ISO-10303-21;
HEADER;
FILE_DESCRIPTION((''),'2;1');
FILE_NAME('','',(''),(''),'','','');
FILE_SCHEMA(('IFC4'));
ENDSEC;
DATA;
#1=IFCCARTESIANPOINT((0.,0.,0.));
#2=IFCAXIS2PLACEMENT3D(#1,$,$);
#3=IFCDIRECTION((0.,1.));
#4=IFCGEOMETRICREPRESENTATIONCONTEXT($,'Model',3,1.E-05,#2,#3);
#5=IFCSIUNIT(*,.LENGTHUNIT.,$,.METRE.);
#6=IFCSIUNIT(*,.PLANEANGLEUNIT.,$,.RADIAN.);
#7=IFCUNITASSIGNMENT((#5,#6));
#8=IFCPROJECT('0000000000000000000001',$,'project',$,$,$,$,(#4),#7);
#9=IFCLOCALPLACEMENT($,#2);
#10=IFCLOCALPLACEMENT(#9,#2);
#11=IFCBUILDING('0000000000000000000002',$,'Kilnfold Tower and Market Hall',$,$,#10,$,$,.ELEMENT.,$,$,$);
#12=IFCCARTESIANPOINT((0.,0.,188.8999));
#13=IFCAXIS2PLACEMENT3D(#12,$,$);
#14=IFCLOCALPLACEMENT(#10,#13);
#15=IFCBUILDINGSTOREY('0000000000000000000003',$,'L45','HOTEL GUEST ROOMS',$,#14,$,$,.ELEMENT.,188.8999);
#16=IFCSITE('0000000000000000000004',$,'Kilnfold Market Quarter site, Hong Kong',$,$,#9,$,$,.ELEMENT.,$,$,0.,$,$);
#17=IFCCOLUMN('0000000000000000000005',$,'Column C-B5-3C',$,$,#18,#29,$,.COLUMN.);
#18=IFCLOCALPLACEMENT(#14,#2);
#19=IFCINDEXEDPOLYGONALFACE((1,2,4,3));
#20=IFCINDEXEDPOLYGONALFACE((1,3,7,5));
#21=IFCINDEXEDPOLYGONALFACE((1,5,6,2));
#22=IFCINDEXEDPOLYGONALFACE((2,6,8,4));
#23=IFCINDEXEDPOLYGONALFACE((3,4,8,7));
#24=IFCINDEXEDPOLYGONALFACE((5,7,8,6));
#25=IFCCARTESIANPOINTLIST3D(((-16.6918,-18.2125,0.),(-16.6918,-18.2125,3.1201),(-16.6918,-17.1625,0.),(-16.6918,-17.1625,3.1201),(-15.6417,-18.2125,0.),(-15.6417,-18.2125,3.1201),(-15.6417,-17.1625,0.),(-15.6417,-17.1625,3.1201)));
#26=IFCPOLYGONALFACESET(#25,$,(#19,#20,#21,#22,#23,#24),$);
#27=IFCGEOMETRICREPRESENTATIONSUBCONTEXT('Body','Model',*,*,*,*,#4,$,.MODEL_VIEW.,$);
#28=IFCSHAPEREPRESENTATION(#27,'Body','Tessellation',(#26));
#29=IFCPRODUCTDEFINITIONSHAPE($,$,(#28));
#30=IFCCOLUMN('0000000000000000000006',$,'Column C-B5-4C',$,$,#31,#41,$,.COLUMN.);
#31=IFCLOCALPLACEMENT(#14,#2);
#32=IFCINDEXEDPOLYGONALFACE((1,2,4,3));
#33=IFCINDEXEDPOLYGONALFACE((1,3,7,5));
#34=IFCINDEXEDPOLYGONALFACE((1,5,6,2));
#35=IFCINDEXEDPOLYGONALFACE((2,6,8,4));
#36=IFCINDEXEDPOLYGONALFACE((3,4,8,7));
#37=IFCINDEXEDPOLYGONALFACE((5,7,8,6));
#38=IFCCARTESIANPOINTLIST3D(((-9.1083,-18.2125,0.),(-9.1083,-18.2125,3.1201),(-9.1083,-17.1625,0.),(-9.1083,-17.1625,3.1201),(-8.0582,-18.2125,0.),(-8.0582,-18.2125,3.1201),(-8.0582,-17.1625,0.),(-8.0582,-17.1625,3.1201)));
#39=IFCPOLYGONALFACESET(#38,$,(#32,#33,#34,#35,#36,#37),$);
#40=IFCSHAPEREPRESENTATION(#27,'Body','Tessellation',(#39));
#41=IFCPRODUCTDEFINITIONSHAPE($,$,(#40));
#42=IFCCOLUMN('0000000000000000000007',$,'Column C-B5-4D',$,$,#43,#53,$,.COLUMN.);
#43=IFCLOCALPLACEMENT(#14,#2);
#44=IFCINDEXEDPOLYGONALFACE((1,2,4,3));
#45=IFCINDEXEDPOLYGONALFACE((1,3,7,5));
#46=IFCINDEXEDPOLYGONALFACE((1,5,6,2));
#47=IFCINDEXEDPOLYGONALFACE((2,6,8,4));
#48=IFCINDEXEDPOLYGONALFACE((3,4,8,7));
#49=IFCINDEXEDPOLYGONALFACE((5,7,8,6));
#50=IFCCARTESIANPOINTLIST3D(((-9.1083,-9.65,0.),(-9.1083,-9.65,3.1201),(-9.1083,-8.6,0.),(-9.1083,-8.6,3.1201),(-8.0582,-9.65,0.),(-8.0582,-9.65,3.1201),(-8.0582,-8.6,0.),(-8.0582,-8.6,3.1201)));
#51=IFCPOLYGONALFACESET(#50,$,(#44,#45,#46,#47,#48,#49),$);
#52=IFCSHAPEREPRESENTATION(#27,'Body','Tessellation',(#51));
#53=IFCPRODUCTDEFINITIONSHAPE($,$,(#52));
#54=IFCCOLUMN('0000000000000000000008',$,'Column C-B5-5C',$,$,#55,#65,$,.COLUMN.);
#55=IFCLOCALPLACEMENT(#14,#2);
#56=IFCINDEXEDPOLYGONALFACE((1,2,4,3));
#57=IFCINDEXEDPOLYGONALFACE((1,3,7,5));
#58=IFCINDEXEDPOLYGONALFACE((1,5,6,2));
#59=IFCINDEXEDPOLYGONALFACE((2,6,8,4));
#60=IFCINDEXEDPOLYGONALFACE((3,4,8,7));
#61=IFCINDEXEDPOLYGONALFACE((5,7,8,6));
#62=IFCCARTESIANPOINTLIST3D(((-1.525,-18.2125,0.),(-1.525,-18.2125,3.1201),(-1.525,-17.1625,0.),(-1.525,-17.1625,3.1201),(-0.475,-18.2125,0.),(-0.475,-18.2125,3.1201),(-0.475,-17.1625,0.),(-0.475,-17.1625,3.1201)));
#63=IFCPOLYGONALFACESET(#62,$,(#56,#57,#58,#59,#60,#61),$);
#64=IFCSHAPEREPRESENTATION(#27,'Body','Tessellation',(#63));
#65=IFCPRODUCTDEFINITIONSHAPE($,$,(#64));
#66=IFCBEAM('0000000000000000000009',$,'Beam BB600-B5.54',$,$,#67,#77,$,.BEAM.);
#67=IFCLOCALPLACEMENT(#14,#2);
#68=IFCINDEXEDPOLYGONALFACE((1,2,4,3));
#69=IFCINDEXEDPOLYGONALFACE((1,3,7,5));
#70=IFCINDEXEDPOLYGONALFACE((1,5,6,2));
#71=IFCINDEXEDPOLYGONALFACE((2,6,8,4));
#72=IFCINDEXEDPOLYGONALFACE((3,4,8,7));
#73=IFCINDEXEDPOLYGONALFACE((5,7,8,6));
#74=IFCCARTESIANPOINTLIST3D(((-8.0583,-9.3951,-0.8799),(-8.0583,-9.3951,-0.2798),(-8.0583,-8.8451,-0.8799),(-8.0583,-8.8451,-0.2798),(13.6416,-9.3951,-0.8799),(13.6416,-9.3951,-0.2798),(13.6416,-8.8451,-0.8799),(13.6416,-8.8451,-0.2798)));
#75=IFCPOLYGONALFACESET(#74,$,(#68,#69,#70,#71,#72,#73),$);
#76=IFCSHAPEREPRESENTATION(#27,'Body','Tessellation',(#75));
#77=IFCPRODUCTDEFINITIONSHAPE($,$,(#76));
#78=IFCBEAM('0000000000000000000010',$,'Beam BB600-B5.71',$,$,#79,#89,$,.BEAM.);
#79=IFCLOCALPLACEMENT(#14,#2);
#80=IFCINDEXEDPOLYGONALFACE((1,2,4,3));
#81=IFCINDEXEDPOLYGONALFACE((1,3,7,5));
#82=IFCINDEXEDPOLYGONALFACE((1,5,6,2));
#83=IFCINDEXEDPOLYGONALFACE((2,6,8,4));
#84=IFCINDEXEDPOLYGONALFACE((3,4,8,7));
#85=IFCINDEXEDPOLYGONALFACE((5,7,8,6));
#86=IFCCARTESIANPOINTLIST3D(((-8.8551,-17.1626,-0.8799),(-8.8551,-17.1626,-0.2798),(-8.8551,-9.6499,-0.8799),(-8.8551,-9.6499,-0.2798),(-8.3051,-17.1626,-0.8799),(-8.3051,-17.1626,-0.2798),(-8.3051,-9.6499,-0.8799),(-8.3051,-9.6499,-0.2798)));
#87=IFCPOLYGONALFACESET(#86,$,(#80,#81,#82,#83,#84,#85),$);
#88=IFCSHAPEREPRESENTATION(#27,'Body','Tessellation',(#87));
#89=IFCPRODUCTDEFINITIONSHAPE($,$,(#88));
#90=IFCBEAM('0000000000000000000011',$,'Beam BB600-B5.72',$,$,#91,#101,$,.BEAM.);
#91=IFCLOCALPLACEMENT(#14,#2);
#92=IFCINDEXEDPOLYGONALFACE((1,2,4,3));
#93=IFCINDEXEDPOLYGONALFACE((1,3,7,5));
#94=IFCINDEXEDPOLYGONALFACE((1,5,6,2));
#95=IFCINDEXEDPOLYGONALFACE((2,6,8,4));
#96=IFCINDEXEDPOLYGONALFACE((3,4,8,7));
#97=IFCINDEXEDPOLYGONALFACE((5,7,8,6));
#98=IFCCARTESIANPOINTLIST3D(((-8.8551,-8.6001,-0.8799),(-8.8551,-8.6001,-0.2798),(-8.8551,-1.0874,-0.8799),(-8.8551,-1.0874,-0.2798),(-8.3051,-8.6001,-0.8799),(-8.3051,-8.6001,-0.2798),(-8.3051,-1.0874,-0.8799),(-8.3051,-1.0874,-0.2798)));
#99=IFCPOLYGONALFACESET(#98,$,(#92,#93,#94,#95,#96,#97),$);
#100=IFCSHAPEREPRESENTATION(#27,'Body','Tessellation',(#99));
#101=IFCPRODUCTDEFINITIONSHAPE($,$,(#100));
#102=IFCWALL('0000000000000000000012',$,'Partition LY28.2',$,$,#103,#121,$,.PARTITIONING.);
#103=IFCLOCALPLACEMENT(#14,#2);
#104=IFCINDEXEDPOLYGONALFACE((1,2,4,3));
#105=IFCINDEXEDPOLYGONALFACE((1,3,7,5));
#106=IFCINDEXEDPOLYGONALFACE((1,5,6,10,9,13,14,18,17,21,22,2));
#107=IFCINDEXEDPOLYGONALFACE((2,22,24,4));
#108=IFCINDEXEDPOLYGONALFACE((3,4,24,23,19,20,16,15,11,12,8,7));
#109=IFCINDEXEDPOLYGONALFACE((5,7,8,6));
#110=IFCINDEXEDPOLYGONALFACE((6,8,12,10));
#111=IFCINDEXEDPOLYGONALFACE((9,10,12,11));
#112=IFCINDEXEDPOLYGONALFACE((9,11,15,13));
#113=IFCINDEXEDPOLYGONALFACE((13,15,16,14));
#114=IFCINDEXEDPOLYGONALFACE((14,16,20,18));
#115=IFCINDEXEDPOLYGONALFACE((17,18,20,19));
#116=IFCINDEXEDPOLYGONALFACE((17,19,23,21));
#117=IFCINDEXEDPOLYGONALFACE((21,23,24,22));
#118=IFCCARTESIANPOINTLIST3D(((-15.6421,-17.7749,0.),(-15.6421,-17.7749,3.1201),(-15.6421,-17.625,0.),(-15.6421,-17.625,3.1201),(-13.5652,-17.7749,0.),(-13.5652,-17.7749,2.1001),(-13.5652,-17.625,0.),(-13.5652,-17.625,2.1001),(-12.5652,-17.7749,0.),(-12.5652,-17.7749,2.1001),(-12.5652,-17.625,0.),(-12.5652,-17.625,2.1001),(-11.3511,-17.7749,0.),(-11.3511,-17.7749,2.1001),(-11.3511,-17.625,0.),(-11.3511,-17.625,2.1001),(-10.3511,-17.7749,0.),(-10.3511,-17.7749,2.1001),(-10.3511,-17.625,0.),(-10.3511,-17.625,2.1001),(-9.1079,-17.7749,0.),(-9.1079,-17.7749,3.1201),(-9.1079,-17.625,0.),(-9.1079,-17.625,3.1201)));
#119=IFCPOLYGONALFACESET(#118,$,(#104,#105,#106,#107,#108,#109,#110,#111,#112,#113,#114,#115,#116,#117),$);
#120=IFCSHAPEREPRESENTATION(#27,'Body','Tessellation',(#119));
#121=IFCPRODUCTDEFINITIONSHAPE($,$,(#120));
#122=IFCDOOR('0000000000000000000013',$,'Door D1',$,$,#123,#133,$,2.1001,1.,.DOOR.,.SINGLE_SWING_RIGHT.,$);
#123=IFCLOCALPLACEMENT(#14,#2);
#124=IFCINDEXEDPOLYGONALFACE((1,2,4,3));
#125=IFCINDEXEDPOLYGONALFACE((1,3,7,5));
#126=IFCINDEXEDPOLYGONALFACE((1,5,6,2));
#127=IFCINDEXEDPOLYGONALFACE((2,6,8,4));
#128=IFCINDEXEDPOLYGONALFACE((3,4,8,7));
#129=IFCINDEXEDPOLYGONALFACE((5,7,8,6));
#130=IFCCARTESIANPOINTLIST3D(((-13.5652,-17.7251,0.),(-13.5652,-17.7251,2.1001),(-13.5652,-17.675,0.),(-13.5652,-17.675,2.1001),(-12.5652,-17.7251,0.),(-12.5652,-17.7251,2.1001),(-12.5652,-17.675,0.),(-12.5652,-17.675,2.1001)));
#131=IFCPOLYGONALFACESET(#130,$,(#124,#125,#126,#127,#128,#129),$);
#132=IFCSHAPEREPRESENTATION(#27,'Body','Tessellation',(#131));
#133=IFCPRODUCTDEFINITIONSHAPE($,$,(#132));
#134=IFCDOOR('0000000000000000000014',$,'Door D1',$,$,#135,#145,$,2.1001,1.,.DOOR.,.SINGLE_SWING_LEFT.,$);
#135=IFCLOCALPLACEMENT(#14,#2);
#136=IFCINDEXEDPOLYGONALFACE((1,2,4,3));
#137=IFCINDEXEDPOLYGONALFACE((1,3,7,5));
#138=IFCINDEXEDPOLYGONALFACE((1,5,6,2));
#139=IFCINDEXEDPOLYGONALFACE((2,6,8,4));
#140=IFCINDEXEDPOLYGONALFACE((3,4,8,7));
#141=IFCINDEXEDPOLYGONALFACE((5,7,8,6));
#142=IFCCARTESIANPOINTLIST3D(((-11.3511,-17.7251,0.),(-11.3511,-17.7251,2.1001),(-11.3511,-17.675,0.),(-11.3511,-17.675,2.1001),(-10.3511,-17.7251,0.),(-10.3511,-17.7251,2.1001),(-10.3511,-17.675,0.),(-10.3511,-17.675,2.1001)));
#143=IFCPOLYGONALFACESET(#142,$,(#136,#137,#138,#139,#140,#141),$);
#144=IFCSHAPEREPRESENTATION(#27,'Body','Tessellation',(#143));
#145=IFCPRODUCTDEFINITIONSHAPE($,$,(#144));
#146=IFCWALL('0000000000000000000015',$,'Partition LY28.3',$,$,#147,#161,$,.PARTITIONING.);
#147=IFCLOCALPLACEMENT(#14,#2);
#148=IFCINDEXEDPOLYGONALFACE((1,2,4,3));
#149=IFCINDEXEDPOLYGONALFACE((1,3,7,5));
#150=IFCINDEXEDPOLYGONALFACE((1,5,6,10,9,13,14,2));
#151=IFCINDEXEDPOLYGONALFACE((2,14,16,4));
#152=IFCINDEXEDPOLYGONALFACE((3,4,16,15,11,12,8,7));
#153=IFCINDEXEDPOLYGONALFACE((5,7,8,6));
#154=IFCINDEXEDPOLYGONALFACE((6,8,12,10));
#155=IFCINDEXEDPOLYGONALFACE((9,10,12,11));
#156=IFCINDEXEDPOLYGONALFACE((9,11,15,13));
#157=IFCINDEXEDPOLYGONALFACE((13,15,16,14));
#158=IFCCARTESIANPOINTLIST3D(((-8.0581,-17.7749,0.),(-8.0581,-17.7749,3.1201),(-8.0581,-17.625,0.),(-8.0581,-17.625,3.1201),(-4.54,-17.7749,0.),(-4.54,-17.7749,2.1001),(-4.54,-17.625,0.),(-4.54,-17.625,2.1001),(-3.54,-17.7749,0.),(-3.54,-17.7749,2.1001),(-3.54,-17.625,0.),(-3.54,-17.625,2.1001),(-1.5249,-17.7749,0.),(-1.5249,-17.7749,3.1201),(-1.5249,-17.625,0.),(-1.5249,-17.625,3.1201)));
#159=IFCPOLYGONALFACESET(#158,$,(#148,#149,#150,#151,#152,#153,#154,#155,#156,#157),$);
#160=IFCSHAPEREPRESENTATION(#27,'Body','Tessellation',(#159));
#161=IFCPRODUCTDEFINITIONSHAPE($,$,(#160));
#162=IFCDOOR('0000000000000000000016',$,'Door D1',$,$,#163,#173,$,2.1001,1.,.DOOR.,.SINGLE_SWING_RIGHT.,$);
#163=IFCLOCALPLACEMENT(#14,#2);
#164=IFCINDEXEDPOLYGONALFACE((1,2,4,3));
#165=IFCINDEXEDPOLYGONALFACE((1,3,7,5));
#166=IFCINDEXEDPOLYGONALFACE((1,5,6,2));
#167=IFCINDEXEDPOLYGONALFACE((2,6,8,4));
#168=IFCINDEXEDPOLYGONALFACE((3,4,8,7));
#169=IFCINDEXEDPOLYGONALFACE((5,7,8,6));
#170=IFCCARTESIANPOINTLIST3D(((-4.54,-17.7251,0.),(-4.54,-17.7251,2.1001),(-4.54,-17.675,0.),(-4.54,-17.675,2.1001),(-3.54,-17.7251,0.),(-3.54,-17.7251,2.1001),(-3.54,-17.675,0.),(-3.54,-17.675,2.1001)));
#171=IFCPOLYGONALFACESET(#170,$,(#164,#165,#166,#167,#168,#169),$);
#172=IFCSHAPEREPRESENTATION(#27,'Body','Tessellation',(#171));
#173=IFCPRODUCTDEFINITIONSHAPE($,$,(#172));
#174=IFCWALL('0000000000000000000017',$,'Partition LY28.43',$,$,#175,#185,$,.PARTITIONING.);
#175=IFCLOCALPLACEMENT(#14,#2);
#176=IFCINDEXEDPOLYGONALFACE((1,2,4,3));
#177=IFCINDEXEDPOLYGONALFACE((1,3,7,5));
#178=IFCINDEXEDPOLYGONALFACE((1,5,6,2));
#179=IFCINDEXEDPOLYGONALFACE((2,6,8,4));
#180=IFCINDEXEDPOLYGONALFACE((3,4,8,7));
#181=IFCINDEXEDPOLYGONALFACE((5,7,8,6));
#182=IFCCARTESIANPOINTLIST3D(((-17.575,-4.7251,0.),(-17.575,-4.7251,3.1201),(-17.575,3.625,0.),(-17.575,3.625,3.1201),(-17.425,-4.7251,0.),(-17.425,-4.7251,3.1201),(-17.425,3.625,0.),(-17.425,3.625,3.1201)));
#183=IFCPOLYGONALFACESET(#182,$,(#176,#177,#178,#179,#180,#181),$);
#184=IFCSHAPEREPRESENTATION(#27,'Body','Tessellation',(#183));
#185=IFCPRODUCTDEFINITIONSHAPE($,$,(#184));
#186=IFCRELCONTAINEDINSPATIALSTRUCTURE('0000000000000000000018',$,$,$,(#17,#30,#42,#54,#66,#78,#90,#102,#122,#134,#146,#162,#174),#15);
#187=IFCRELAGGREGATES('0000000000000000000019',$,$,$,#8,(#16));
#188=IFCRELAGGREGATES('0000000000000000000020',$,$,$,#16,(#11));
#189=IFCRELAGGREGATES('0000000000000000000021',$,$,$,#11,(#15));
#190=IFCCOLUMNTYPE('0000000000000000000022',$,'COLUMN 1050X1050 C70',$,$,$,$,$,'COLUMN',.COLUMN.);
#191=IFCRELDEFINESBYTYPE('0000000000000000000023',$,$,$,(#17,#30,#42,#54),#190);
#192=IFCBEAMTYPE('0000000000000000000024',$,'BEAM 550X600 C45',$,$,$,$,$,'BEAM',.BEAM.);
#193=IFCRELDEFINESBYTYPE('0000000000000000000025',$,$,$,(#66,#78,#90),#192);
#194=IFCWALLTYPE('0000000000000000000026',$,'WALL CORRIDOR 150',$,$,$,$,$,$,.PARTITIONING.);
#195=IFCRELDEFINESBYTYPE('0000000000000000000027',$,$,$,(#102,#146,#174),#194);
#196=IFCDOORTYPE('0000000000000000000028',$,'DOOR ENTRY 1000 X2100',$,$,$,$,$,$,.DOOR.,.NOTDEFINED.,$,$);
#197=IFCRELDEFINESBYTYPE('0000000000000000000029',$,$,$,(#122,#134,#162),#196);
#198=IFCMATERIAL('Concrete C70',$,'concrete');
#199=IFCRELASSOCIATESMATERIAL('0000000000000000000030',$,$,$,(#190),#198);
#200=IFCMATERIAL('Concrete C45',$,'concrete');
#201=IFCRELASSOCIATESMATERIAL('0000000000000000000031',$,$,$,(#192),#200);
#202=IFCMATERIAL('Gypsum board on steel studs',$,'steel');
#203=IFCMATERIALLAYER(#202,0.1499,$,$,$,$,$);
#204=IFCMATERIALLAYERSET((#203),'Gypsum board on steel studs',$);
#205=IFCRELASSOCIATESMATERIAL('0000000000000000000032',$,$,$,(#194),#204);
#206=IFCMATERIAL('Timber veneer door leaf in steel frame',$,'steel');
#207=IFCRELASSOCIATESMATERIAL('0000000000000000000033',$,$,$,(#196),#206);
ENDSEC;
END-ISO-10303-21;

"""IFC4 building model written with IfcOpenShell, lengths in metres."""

from ifc_helpers import new_model, si_unit, direction, frame, frame_2d, origin, origin_2d, place, context, subcontext, project, spatial, rectangle, extrude, source, transform, mapped, material, layer, layer_set, material_profile, profile_set, type_object, element, fill, save


model = new_model("IFC4")

# Units and contexts
model_context = context("Model", 3, precision=1e-05, world=origin(), true_north=direction((0.0, 1.0)))
body_context = subcontext(model_context, "Body", "Model", "MODEL_VIEW")
ifc_project = project(units=[si_unit("LENGTHUNIT", "METRE"), si_unit("PLANEANGLEUNIT", "RADIAN")], contexts=[model_context])

# Site, building, storey
site_placement = place(None, origin())
site = spatial("IfcSite", under=ifc_project, at=site_placement, Name="Kilnfold Market Quarter site, Hong Kong", CompositionType="ELEMENT", RefElevation=0.0)
building_placement = place(site_placement, origin())
building = spatial("IfcBuilding", under=site, at=building_placement, Name="Kilnfold Tower and Market Hall", CompositionType="ELEMENT")
storey_placement = place(building_placement, frame((0.0, 0.0, 188.8999)))
storey = spatial("IfcBuildingStorey", under=building, at=storey_placement, Name="L45", Description="HOTEL GUEST ROOMS", CompositionType="ELEMENT", Elevation=188.8999)

# Columns
ifc_material_1 = material(Name="Concrete C70", Category="concrete")
ifc_material_profile_1 = material_profile(ifc_material_1, rectangle(XDim=1.05, YDim=1.05, at=origin_2d()), Name="RC 1050x1050")
ifc_profile_set_1 = profile_set([ifc_material_profile_1], Name="Concrete C70")
column_type = type_object("IfcColumnType", Name="COLUMN 1050X1050 C70", ElementType="COLUMN", PredefinedType="COLUMN", material=ifc_profile_set_1)
shared_shape_1 = source(origin(), body_context, "Body", "SweptSolid", [
    extrude(rectangle(XDim=1.05, YDim=1.05, at=origin_2d()), origin(), (0.0, 0.0, 1.0), 3.1201),
])
for number, where, z_axis, x_axis, name in (
    (1, (-16.1667, -17.6875, 0.0), (0.0, 0.0, 1.0), (1.0, 0.0, 0.0), "Column C-B5-3C"),
    (2, (-8.5833, -17.6875, 0.0), (0.0, 0.0, 1.0), (1.0, 0.0, 0.0), "Column C-B5-4C"),
    (3, (-8.5833, -9.125, 0.0), (0.0, 0.0, 1.0), (1.0, 0.0, 0.0), "Column C-B5-4D"),
    (4, (-1.0, -17.6875, 0.0), (0.0, 0.0, 1.0), (1.0, 0.0, 0.0), "Column C-B5-5C"),
):
    element("IfcColumn", number, at=place(storey_placement, frame(where, z_axis=z_axis, x_axis=x_axis)), inside=storey, type_object=column_type, Name=name, PredefinedType="COLUMN", context=body_context, shape_type="MappedRepresentation", body=[
        mapped(shared_shape_1, transform((0.0, 0.0, 0.0))),
    ])

# Beams
ifc_material_2 = material(Name="Concrete C45", Category="concrete")
ifc_material_profile_2 = material_profile(ifc_material_2, rectangle(XDim=0.55, YDim=0.6001, at=origin_2d()), Name="RC 550x600")
ifc_profile_set_2 = profile_set([ifc_material_profile_2], Name="Concrete C45")
beam_type = type_object("IfcBeamType", Name="BEAM 550X600 C45", ElementType="BEAM", PredefinedType="BEAM", material=ifc_profile_set_2)
shared_shape_2 = source(origin(), body_context, "Body", "SweptSolid", [
    extrude(rectangle(XDim=0.55, YDim=0.6001, at=origin_2d()), origin(), (0.0, 0.0, 1.0), 21.7),
])
beam_placement = place(storey_placement, frame((-8.0583, -9.1201, -0.5798), z_axis=(1.0, 0.0, 0.0), x_axis=(0.0, 1.0, 0.0)))
element("IfcBeam", 5, at=beam_placement, inside=storey, type_object=beam_type, Name="Beam BB600-B5.54", PredefinedType="BEAM", context=body_context, shape_type="MappedRepresentation", body=[
    mapped(shared_shape_2, transform((0.0, 0.0, 0.0))),
])
shared_shape_3 = source(origin(), body_context, "Body", "SweptSolid", [
    extrude(rectangle(XDim=0.55, YDim=0.6001, at=origin_2d()), origin(), (0.0, 0.0, 1.0), 7.5127),
])
for number, where, z_axis, x_axis, name in (
    (6, (-8.5801, -17.1626, -0.5798), (0.0, 1.0, 0.0), (-1.0, 0.0, 0.0), "Beam BB600-B5.71"),
    (7, (-8.5801, -8.6001, -0.5798), (0.0, 1.0, 0.0), (-1.0, 0.0, 0.0), "Beam BB600-B5.72"),
):
    element("IfcBeam", number, at=place(storey_placement, frame(where, z_axis=z_axis, x_axis=x_axis)), inside=storey, type_object=beam_type, Name=name, PredefinedType="BEAM", context=body_context, shape_type="MappedRepresentation", body=[
        mapped(shared_shape_3, transform((0.0, 0.0, 0.0))),
    ])

# Wall, openings, doors
ifc_material_3 = material(Name="Gypsum board on steel studs", Category="steel")
ifc_layer_1 = layer(ifc_material_3, 0.1499)
ifc_layer_set_1 = layer_set([ifc_layer_1], Name="Gypsum board on steel studs")
wall_type_1 = type_object("IfcWallType", Name="WALL CORRIDOR 150", PredefinedType="PARTITIONING", material=ifc_layer_set_1)
wall_1_placement = place(storey_placement, frame((-15.6421, -17.7, 0.0), z_axis=(0.0, 0.0, 1.0), x_axis=(1.0, 0.0, 0.0)))
wall_1 = element("IfcWall", 8, at=wall_1_placement, inside=storey, type_object=wall_type_1, Name="Partition LY28.2", PredefinedType="PARTITIONING", context=body_context, shape_type="SweptSolid", body=[
    extrude(rectangle(XDim=6.5342, YDim=0.1499, at=frame_2d((3.2671, 0.0))), origin(), (0.0, 0.0, 1.0), 3.1201),
])
opening_1_placement = place(wall_1_placement, frame((2.0769, 0.0, 0.0)))
opening_1 = element("IfcOpeningElement", 9, at=opening_1_placement, cuts=wall_1, PredefinedType="OPENING", context=body_context, shape_type="SweptSolid", body=[
    extrude(rectangle(XDim=1.0, YDim=2.1001, at=frame_2d((0.5, 1.05))), frame((0.0, 0.085, 0.0), z_axis=(0.0, -1.0, 0.0), x_axis=(1.0, 0.0, 0.0)), (0.0, 0.0, 1.0), 0.1699),
])
opening_2_placement = place(wall_1_placement, frame((4.291, 0.0, 0.0)))
opening_2 = element("IfcOpeningElement", 10, at=opening_2_placement, cuts=wall_1, PredefinedType="OPENING", context=body_context, shape_type="SweptSolid", body=[
    extrude(rectangle(XDim=1.0, YDim=2.1001, at=frame_2d((0.5, 1.05))), frame((0.0, 0.085, 0.0), z_axis=(0.0, -1.0, 0.0), x_axis=(1.0, 0.0, 0.0)), (0.0, 0.0, 1.0), 0.1699),
])
ifc_material_4 = material(Name="Timber veneer door leaf in steel frame", Category="steel")
door_type_1 = type_object("IfcDoorType", Name="DOOR ENTRY 1000 X2100", OperationType="NOTDEFINED", PredefinedType="DOOR", material=ifc_material_4)
door_1_placement = place(opening_1_placement, origin())
door_1 = element("IfcDoor", 11, at=door_1_placement, inside=storey, type_object=door_type_1, Name="Door D1", OperationType="SINGLE_SWING_RIGHT", OverallHeight=2.1001, OverallWidth=1.0, PredefinedType="DOOR", context=body_context, shape_type="SweptSolid", body=[
    extrude(rectangle(XDim=1.0, YDim=2.1001, at=frame_2d((0.5, 1.05))), frame((0.0, 0.0249, 0.0), z_axis=(0.0, -1.0, 0.0), x_axis=(1.0, 0.0, 0.0)), (0.0, 0.0, 1.0), 0.05),
])
fill(opening_1, door_1)
door_2_placement = place(opening_2_placement, origin())
door_2 = element("IfcDoor", 12, at=door_2_placement, inside=storey, type_object=door_type_1, Name="Door D1", OperationType="SINGLE_SWING_LEFT", OverallHeight=2.1001, OverallWidth=1.0, PredefinedType="DOOR", context=body_context, shape_type="SweptSolid", body=[
    extrude(rectangle(XDim=1.0, YDim=2.1001, at=frame_2d((0.5, 1.05))), frame((0.0, 0.0249, 0.0), z_axis=(0.0, -1.0, 0.0), x_axis=(1.0, 0.0, 0.0)), (0.0, 0.0, 1.0), 0.05),
])
fill(opening_2, door_2)

# Wall, opening, door
wall_2_placement = place(storey_placement, frame((-8.0581, -17.7, 0.0), z_axis=(0.0, 0.0, 1.0), x_axis=(1.0, 0.0, 0.0)))
wall_2 = element("IfcWall", 13, at=wall_2_placement, inside=storey, type_object=wall_type_1, Name="Partition LY28.3", PredefinedType="PARTITIONING", context=body_context, shape_type="SweptSolid", body=[
    extrude(rectangle(XDim=6.5332, YDim=0.1499, at=frame_2d((3.2666, 0.0))), origin(), (0.0, 0.0, 1.0), 3.1201),
])
opening_3_placement = place(wall_2_placement, frame((3.5181, 0.0, 0.0)))
opening_3 = element("IfcOpeningElement", 14, at=opening_3_placement, cuts=wall_2, PredefinedType="OPENING", context=body_context, shape_type="SweptSolid", body=[
    extrude(rectangle(XDim=1.0, YDim=2.1001, at=frame_2d((0.5, 1.05))), frame((0.0, 0.085, 0.0), z_axis=(0.0, -1.0, 0.0), x_axis=(1.0, 0.0, 0.0)), (0.0, 0.0, 1.0), 0.1699),
])
door_3_placement = place(opening_3_placement, origin())
door_3 = element("IfcDoor", 15, at=door_3_placement, inside=storey, type_object=door_type_1, Name="Door D1", OperationType="SINGLE_SWING_RIGHT", OverallHeight=2.1001, OverallWidth=1.0, PredefinedType="DOOR", context=body_context, shape_type="SweptSolid", body=[
    extrude(rectangle(XDim=1.0, YDim=2.1001, at=frame_2d((0.5, 1.05))), frame((0.0, 0.0249, 0.0), z_axis=(0.0, -1.0, 0.0), x_axis=(1.0, 0.0, 0.0)), (0.0, 0.0, 1.0), 0.05),
])
fill(opening_3, door_3)

# Wall
wall_3_placement = place(storey_placement, frame((-17.5, -4.7251, 0.0), z_axis=(0.0, 0.0, 1.0), x_axis=(0.0, 1.0, 0.0)))
element("IfcWall", 16, at=wall_3_placement, inside=storey, type_object=wall_type_1, Name="Partition LY28.43", PredefinedType="PARTITIONING", context=body_context, shape_type="SweptSolid", body=[
    extrude(rectangle(XDim=8.3501, YDim=0.1499, at=frame_2d((4.175, 0.0))), origin(), (0.0, 0.0, 1.0), 3.1201),
])

save(model, "model.ifc")
